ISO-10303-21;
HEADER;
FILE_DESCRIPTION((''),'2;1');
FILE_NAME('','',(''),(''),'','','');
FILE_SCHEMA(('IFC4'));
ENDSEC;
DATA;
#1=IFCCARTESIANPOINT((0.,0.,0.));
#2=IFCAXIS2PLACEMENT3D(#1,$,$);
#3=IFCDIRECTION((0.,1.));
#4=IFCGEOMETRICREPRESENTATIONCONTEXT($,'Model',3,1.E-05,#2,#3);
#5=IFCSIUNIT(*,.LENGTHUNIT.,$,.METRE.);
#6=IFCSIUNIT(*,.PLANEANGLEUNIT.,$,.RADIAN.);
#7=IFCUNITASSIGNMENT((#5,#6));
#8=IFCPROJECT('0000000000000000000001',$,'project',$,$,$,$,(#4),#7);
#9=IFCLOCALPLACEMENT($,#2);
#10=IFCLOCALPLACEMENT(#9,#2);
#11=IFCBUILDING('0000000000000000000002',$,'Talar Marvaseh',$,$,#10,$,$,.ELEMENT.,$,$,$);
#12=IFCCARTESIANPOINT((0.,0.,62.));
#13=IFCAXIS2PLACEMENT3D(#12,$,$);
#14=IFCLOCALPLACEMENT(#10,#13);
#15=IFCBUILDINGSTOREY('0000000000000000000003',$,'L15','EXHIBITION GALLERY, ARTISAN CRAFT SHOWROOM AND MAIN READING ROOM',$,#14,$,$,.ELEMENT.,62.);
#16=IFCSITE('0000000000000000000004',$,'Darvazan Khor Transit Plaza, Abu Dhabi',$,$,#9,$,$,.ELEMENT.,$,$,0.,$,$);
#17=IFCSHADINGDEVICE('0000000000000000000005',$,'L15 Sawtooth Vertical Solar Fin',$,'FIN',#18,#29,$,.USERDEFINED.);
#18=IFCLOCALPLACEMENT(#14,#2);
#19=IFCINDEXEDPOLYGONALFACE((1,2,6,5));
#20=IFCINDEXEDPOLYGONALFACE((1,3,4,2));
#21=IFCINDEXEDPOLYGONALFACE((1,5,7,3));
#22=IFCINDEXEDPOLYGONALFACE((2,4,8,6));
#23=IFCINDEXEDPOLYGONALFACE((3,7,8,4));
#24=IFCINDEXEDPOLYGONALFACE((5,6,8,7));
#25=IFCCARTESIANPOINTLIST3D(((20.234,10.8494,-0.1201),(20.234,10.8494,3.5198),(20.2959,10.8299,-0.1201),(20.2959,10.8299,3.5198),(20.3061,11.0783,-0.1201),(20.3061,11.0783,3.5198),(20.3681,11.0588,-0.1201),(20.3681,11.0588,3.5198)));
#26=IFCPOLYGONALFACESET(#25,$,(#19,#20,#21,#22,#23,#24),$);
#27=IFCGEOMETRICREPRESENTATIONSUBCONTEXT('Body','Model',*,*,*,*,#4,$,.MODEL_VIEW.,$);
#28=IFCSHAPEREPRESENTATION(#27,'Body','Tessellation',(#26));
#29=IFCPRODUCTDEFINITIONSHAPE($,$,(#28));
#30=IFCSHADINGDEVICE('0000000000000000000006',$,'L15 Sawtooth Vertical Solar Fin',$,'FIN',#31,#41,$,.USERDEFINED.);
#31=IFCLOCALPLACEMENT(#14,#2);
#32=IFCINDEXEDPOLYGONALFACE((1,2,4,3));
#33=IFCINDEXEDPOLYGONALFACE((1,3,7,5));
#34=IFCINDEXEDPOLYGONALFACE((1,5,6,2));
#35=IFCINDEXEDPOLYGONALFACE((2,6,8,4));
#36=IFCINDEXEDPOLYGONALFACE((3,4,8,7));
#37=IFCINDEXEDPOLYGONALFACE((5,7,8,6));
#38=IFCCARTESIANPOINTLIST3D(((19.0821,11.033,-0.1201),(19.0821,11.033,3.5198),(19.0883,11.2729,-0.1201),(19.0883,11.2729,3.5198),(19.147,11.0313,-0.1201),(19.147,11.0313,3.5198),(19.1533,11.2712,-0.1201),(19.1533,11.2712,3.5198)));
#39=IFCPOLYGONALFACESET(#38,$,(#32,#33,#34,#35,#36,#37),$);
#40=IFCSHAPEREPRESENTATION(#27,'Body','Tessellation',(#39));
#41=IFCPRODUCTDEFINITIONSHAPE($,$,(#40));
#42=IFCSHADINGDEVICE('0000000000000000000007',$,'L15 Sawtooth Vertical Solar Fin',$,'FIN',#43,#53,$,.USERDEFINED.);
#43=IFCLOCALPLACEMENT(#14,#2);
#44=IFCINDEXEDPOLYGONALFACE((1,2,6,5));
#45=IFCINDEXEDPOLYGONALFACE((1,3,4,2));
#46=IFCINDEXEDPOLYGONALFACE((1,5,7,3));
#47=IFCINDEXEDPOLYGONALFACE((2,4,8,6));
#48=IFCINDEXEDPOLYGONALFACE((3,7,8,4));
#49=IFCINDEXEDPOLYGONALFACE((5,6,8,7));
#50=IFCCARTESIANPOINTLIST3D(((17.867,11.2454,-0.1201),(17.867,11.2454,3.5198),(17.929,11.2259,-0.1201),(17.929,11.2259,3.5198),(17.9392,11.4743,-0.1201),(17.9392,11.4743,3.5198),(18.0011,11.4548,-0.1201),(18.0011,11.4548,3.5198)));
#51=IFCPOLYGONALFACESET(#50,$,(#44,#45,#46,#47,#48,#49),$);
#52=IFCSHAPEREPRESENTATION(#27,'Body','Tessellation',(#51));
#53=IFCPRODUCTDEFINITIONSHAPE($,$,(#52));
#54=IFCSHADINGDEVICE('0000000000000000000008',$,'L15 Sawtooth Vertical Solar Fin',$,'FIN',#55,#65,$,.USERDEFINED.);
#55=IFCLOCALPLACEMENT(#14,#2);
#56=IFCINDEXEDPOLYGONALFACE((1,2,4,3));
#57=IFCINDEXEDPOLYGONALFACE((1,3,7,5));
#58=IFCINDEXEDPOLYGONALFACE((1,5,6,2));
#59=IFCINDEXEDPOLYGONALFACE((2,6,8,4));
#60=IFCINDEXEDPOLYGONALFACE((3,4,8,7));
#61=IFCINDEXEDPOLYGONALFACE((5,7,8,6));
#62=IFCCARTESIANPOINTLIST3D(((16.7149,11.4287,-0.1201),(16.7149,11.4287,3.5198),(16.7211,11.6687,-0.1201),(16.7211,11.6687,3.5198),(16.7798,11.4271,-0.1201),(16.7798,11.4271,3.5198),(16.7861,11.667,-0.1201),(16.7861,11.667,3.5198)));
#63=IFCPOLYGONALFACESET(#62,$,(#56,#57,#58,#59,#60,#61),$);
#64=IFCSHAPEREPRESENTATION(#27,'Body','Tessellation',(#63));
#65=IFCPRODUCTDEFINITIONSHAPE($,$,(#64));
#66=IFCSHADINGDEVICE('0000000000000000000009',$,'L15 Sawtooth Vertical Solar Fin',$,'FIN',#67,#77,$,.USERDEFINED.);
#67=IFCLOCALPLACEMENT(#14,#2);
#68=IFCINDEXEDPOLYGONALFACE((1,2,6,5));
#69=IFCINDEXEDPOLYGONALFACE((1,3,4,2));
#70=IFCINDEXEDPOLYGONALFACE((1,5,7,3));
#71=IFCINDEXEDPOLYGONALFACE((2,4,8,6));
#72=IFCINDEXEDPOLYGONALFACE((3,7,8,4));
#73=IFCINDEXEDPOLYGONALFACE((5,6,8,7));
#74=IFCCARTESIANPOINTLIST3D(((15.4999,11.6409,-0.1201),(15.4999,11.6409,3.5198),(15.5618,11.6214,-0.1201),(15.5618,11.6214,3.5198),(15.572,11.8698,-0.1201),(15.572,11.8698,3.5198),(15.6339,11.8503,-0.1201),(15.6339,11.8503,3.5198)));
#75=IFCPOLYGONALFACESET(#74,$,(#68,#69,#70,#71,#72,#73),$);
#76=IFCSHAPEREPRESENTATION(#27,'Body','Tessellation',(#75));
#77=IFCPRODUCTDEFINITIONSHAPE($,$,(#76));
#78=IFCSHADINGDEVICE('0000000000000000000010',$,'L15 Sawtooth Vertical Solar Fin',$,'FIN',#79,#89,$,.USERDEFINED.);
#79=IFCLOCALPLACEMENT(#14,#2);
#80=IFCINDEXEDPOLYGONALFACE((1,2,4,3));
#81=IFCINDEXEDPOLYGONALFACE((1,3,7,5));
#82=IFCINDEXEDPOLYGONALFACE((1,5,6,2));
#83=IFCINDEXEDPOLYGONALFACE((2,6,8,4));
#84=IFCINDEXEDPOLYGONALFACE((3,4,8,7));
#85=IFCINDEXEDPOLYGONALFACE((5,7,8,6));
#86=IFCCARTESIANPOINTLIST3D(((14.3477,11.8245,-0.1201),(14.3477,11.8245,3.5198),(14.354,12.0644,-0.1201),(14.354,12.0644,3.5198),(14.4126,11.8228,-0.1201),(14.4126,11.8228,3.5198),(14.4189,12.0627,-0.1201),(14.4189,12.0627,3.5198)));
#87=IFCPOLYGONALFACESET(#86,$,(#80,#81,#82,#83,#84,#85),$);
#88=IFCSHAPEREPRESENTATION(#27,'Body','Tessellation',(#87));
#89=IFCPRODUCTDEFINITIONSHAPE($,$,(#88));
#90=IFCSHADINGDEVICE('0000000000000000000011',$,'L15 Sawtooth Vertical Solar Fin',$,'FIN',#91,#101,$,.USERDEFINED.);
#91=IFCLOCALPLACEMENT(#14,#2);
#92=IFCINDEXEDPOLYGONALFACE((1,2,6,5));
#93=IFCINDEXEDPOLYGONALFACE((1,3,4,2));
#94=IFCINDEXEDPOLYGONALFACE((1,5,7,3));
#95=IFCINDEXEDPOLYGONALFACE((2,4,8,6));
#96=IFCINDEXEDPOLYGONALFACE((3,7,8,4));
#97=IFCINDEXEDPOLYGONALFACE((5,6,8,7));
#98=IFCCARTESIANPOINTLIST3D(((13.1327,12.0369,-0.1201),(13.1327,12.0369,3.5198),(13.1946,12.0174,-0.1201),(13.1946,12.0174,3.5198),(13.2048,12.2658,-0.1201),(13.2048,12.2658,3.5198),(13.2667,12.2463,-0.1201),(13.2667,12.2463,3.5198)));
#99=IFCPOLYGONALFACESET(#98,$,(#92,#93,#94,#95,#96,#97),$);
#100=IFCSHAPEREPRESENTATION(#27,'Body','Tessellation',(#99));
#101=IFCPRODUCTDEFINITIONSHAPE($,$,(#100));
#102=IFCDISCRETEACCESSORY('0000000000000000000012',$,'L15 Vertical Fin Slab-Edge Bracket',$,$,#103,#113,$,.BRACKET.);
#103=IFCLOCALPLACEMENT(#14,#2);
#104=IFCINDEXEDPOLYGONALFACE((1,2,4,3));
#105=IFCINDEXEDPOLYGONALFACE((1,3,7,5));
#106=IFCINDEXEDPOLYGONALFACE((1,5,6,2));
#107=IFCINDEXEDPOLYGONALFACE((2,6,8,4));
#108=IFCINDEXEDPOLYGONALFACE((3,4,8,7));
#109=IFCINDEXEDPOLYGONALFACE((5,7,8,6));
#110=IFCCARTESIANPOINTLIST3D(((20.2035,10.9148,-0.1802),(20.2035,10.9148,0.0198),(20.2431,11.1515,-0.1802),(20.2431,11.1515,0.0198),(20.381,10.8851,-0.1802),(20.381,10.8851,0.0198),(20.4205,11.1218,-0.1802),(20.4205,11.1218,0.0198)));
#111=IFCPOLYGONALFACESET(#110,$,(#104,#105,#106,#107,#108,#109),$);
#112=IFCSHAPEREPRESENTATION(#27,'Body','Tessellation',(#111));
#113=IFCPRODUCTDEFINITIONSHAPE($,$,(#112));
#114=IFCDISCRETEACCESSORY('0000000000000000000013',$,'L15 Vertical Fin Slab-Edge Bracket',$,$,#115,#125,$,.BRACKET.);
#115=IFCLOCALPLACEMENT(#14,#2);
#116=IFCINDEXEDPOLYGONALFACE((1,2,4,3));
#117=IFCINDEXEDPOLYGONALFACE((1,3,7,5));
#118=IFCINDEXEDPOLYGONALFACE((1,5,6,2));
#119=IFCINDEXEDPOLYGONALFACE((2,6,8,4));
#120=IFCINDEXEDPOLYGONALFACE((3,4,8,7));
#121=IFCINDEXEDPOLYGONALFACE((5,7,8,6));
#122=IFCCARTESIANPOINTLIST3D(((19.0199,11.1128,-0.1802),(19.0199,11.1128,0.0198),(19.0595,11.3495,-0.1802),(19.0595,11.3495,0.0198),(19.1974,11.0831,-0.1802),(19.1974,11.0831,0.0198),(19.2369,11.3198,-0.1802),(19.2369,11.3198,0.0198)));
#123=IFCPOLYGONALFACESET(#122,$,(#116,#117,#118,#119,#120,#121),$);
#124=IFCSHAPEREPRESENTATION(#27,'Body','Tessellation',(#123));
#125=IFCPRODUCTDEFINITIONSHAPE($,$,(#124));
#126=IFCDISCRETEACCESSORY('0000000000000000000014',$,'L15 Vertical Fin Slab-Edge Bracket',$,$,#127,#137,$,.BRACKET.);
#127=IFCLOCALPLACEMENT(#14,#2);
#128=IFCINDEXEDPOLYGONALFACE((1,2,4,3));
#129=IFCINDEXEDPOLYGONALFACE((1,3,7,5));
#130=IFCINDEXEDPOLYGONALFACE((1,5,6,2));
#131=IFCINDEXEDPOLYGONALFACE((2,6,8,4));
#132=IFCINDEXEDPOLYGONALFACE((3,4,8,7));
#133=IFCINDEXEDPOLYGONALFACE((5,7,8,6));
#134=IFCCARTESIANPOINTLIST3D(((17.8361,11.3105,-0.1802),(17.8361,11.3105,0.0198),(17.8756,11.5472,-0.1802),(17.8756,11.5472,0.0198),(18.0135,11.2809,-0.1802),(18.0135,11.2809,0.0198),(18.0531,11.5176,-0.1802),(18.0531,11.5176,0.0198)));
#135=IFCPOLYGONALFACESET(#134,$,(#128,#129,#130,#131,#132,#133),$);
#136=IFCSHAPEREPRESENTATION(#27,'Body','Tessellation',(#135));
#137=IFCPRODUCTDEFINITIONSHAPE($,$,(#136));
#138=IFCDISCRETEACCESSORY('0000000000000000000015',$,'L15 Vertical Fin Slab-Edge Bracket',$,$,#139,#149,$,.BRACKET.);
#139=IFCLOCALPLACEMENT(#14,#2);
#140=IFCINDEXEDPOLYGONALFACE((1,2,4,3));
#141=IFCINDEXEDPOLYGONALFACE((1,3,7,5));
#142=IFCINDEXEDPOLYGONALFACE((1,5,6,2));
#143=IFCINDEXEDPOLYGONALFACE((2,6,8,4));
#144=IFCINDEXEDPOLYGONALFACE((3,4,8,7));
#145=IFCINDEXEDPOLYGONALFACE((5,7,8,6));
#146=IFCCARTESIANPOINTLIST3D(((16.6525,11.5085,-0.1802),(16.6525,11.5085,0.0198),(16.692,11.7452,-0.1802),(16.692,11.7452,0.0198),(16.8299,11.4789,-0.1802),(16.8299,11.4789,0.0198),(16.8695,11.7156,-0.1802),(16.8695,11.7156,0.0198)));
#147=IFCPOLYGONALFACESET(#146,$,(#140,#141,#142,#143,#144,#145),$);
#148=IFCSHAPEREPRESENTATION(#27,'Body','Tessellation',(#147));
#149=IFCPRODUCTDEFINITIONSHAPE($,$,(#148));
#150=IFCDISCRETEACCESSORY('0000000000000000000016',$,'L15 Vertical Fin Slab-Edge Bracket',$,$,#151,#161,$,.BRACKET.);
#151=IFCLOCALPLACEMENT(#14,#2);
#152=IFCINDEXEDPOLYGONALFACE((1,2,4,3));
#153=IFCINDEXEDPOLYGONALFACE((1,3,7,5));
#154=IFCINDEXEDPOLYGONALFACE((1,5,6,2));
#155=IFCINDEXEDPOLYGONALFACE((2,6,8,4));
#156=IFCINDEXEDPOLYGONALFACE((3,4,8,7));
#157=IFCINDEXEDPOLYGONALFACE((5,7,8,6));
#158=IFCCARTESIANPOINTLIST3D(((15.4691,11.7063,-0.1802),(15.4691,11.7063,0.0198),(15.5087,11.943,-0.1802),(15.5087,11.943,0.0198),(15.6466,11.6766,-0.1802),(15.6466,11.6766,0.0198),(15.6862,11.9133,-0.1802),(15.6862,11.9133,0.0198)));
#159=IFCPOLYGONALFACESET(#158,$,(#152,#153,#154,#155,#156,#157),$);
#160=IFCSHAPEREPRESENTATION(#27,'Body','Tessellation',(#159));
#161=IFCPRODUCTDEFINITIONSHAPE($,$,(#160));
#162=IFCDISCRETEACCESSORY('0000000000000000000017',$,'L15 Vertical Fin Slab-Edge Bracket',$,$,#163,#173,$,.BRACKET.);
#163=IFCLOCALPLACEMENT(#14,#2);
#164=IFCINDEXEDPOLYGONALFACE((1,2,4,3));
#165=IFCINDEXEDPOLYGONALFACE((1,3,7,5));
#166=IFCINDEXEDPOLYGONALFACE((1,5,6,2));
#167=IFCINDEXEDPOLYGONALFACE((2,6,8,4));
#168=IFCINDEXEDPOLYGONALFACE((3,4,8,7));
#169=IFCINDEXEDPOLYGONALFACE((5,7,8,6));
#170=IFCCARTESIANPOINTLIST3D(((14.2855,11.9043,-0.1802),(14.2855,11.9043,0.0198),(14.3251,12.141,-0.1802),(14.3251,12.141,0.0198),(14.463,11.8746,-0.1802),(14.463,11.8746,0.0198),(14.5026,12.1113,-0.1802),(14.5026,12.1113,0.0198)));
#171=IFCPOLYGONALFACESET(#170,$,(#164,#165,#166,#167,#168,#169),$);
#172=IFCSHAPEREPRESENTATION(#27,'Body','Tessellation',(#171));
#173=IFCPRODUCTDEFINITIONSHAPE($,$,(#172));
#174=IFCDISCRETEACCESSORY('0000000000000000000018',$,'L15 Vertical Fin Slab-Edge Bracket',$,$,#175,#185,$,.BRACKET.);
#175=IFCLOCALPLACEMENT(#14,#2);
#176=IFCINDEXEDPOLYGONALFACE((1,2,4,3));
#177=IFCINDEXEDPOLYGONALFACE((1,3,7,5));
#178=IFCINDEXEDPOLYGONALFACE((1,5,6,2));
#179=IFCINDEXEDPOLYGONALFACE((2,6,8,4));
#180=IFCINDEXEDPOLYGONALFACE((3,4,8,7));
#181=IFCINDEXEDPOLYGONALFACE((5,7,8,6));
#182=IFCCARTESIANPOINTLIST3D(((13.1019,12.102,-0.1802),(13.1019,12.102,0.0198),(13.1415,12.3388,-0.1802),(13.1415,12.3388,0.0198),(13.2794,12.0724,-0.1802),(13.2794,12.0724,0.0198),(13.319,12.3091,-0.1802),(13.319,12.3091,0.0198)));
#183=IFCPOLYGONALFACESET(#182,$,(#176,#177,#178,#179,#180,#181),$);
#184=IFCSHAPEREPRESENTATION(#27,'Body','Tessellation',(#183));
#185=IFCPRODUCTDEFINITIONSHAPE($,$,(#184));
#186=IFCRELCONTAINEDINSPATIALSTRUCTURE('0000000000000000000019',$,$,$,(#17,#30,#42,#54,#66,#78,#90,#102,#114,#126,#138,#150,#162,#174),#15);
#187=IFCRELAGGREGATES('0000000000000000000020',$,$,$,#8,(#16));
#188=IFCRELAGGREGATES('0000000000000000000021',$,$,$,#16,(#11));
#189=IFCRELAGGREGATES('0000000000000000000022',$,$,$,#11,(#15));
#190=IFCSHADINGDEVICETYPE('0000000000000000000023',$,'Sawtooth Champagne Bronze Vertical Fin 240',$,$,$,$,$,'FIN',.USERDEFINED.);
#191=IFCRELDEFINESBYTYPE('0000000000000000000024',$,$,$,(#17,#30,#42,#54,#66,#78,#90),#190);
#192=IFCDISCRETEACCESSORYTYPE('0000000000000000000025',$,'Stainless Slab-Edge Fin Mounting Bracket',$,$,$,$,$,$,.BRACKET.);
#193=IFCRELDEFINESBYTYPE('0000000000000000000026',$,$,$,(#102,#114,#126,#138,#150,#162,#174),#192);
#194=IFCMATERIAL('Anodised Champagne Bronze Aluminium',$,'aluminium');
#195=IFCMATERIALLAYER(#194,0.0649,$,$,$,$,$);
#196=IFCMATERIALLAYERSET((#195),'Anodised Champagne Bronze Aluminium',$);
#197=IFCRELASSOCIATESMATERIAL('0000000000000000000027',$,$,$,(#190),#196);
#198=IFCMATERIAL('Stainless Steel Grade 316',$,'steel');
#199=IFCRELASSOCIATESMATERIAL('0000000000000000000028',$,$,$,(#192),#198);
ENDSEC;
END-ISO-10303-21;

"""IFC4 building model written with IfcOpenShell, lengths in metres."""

from ifc_helpers import new_model, si_unit, direction, frame, origin, origin_2d, place, context, subcontext, project, spatial, rectangle, extrude, source, transform, mapped, material, layer, layer_set, type_object, type_shapes, element, save


model = new_model("IFC4")

# Units and contexts
model_context = context("Model", 3, precision=1e-05, world=origin(), true_north=direction((0.0, 1.0)))
body_context = subcontext(model_context, "Body", "Model", "MODEL_VIEW")
ifc_project = project(units=[si_unit("LENGTHUNIT", "METRE"), si_unit("PLANEANGLEUNIT", "RADIAN")], contexts=[model_context])

# Site, building, storey
site_placement = place(None, origin())
site = spatial("IfcSite", under=ifc_project, at=site_placement, Name="Darvazan Khor Transit Plaza, Abu Dhabi", CompositionType="ELEMENT", RefElevation=0.0)
building_placement = place(site_placement, origin())
building = spatial("IfcBuilding", under=site, at=building_placement, Name="Talar Marvaseh", CompositionType="ELEMENT")
storey_placement = place(building_placement, frame((0.0, 0.0, 62.0)))
storey = spatial("IfcBuildingStorey", under=building, at=storey_placement, Name="L15", Description="EXHIBITION GALLERY, ARTISAN CRAFT SHOWROOM AND MAIN READING ROOM", CompositionType="ELEMENT", Elevation=62.0)

# Shading devices
ifc_material_1 = material(Name="Anodised Champagne Bronze Aluminium", Category="aluminium")
ifc_layer_1 = layer(ifc_material_1, 0.0649)
ifc_layer_set_1 = layer_set([ifc_layer_1], Name="Anodised Champagne Bronze Aluminium")
shading_device_type = type_object("IfcShadingDeviceType", Name="Sawtooth Champagne Bronze Vertical Fin 240", ElementType="FIN", PredefinedType="USERDEFINED", material=ifc_layer_set_1)
shared_shape_1 = source(origin(), body_context, "Body", "SweptSolid", [
    extrude(rectangle(XDim=0.24, YDim=0.0649, at=origin_2d()), origin(), (0.0, 0.0, 1.0), 3.6399),
])
type_shapes(shading_device_type, [shared_shape_1])
for number, where, z_axis, x_axis, name in (
    (1, (20.301, 10.9541, -0.1201), (0.0, 0.0, 1.0), (-0.300539, -0.953769, 0.0), "L15 Sawtooth Vertical Solar Fin"),
    (2, (19.1177, 11.1521, -0.1201), (0.0, 0.0, 1.0), (-0.026002, -0.999662, 0.0), "L15 Sawtooth Vertical Solar Fin"),
    (3, (17.9341, 11.3501, -0.1201), (0.0, 0.0, 1.0), (-0.300539, -0.953769, 0.0), "L15 Sawtooth Vertical Solar Fin"),
    (4, (16.7505, 11.5479, -0.1201), (0.0, 0.0, 1.0), (-0.026002, -0.999662, 0.0), "L15 Sawtooth Vertical Solar Fin"),
    (5, (15.5669, 11.7456, -0.1201), (0.0, 0.0, 1.0), (-0.300539, -0.953769, 0.0), "L15 Sawtooth Vertical Solar Fin"),
    (6, (14.3833, 11.9436, -0.1201), (0.0, 0.0, 1.0), (-0.026002, -0.999662, 0.0), "L15 Sawtooth Vertical Solar Fin"),
    (7, (13.1997, 12.1416, -0.1201), (0.0, 0.0, 1.0), (-0.300539, -0.953769, 0.0), "L15 Sawtooth Vertical Solar Fin"),
):
    element("IfcShadingDevice", number, at=place(storey_placement, frame(where, z_axis=z_axis, x_axis=x_axis)), inside=storey, type_object=shading_device_type, Name=name, ObjectType="FIN", PredefinedType="USERDEFINED", context=body_context, shape_type="MappedRepresentation", body=[
        mapped(shared_shape_1, transform((0.0, 0.0, 0.0), x_axis=(1.0, 0.0, 0.0), y_axis=(0.0, 1.0, 0.0), z_axis=(0.0, 0.0, 1.0), scale=1.0)),
    ])

# Discrete accessories
ifc_material_2 = material(Name="Stainless Steel Grade 316", Category="steel")
discrete_accessory_type = type_object("IfcDiscreteAccessoryType", Name="Stainless Slab-Edge Fin Mounting Bracket", PredefinedType="BRACKET", material=ifc_material_2)
shared_shape_2 = source(origin(), body_context, "Body", "SweptSolid", [
    extrude(rectangle(XDim=0.24, YDim=0.1799, at=origin_2d()), origin(), (0.0, 0.0, 1.0), 0.2),
])
type_shapes(discrete_accessory_type, [shared_shape_2])
for number, where, z_axis, x_axis, name in (
    (8, (20.312, 11.0183, -0.1802), (0.0, 0.0, 1.0), (-0.164875, -0.986314, 0.0), "L15 Vertical Fin Slab-Edge Bracket"),
    (9, (19.1284, 11.2163, -0.1802), (0.0, 0.0, 1.0), (-0.164875, -0.986314, 0.0), "L15 Vertical Fin Slab-Edge Bracket"),
    (10, (17.9446, 11.4141, -0.1802), (0.0, 0.0, 1.0), (-0.164875, -0.986314, 0.0), "L15 Vertical Fin Slab-Edge Bracket"),
    (11, (16.761, 11.6121, -0.1802), (0.0, 0.0, 1.0), (-0.164875, -0.986314, 0.0), "L15 Vertical Fin Slab-Edge Bracket"),
    (12, (15.5776, 11.8098, -0.1802), (0.0, 0.0, 1.0), (-0.164875, -0.986314, 0.0), "L15 Vertical Fin Slab-Edge Bracket"),
    (13, (14.394, 12.0078, -0.1802), (0.0, 0.0, 1.0), (-0.164875, -0.986314, 0.0), "L15 Vertical Fin Slab-Edge Bracket"),
    (14, (13.2104, 12.2056, -0.1802), (0.0, 0.0, 1.0), (-0.164875, -0.986314, 0.0), "L15 Vertical Fin Slab-Edge Bracket"),
):
    element("IfcDiscreteAccessory", number, at=place(storey_placement, frame(where, z_axis=z_axis, x_axis=x_axis)), inside=storey, type_object=discrete_accessory_type, Name=name, PredefinedType="BRACKET", context=body_context, shape_type="MappedRepresentation", body=[
        mapped(shared_shape_2, transform((0.0, 0.0, 0.0), x_axis=(1.0, 0.0, 0.0), y_axis=(0.0, 1.0, 0.0), z_axis=(0.0, 0.0, 1.0), scale=1.0)),
    ])

save(model, "model.ifc")
